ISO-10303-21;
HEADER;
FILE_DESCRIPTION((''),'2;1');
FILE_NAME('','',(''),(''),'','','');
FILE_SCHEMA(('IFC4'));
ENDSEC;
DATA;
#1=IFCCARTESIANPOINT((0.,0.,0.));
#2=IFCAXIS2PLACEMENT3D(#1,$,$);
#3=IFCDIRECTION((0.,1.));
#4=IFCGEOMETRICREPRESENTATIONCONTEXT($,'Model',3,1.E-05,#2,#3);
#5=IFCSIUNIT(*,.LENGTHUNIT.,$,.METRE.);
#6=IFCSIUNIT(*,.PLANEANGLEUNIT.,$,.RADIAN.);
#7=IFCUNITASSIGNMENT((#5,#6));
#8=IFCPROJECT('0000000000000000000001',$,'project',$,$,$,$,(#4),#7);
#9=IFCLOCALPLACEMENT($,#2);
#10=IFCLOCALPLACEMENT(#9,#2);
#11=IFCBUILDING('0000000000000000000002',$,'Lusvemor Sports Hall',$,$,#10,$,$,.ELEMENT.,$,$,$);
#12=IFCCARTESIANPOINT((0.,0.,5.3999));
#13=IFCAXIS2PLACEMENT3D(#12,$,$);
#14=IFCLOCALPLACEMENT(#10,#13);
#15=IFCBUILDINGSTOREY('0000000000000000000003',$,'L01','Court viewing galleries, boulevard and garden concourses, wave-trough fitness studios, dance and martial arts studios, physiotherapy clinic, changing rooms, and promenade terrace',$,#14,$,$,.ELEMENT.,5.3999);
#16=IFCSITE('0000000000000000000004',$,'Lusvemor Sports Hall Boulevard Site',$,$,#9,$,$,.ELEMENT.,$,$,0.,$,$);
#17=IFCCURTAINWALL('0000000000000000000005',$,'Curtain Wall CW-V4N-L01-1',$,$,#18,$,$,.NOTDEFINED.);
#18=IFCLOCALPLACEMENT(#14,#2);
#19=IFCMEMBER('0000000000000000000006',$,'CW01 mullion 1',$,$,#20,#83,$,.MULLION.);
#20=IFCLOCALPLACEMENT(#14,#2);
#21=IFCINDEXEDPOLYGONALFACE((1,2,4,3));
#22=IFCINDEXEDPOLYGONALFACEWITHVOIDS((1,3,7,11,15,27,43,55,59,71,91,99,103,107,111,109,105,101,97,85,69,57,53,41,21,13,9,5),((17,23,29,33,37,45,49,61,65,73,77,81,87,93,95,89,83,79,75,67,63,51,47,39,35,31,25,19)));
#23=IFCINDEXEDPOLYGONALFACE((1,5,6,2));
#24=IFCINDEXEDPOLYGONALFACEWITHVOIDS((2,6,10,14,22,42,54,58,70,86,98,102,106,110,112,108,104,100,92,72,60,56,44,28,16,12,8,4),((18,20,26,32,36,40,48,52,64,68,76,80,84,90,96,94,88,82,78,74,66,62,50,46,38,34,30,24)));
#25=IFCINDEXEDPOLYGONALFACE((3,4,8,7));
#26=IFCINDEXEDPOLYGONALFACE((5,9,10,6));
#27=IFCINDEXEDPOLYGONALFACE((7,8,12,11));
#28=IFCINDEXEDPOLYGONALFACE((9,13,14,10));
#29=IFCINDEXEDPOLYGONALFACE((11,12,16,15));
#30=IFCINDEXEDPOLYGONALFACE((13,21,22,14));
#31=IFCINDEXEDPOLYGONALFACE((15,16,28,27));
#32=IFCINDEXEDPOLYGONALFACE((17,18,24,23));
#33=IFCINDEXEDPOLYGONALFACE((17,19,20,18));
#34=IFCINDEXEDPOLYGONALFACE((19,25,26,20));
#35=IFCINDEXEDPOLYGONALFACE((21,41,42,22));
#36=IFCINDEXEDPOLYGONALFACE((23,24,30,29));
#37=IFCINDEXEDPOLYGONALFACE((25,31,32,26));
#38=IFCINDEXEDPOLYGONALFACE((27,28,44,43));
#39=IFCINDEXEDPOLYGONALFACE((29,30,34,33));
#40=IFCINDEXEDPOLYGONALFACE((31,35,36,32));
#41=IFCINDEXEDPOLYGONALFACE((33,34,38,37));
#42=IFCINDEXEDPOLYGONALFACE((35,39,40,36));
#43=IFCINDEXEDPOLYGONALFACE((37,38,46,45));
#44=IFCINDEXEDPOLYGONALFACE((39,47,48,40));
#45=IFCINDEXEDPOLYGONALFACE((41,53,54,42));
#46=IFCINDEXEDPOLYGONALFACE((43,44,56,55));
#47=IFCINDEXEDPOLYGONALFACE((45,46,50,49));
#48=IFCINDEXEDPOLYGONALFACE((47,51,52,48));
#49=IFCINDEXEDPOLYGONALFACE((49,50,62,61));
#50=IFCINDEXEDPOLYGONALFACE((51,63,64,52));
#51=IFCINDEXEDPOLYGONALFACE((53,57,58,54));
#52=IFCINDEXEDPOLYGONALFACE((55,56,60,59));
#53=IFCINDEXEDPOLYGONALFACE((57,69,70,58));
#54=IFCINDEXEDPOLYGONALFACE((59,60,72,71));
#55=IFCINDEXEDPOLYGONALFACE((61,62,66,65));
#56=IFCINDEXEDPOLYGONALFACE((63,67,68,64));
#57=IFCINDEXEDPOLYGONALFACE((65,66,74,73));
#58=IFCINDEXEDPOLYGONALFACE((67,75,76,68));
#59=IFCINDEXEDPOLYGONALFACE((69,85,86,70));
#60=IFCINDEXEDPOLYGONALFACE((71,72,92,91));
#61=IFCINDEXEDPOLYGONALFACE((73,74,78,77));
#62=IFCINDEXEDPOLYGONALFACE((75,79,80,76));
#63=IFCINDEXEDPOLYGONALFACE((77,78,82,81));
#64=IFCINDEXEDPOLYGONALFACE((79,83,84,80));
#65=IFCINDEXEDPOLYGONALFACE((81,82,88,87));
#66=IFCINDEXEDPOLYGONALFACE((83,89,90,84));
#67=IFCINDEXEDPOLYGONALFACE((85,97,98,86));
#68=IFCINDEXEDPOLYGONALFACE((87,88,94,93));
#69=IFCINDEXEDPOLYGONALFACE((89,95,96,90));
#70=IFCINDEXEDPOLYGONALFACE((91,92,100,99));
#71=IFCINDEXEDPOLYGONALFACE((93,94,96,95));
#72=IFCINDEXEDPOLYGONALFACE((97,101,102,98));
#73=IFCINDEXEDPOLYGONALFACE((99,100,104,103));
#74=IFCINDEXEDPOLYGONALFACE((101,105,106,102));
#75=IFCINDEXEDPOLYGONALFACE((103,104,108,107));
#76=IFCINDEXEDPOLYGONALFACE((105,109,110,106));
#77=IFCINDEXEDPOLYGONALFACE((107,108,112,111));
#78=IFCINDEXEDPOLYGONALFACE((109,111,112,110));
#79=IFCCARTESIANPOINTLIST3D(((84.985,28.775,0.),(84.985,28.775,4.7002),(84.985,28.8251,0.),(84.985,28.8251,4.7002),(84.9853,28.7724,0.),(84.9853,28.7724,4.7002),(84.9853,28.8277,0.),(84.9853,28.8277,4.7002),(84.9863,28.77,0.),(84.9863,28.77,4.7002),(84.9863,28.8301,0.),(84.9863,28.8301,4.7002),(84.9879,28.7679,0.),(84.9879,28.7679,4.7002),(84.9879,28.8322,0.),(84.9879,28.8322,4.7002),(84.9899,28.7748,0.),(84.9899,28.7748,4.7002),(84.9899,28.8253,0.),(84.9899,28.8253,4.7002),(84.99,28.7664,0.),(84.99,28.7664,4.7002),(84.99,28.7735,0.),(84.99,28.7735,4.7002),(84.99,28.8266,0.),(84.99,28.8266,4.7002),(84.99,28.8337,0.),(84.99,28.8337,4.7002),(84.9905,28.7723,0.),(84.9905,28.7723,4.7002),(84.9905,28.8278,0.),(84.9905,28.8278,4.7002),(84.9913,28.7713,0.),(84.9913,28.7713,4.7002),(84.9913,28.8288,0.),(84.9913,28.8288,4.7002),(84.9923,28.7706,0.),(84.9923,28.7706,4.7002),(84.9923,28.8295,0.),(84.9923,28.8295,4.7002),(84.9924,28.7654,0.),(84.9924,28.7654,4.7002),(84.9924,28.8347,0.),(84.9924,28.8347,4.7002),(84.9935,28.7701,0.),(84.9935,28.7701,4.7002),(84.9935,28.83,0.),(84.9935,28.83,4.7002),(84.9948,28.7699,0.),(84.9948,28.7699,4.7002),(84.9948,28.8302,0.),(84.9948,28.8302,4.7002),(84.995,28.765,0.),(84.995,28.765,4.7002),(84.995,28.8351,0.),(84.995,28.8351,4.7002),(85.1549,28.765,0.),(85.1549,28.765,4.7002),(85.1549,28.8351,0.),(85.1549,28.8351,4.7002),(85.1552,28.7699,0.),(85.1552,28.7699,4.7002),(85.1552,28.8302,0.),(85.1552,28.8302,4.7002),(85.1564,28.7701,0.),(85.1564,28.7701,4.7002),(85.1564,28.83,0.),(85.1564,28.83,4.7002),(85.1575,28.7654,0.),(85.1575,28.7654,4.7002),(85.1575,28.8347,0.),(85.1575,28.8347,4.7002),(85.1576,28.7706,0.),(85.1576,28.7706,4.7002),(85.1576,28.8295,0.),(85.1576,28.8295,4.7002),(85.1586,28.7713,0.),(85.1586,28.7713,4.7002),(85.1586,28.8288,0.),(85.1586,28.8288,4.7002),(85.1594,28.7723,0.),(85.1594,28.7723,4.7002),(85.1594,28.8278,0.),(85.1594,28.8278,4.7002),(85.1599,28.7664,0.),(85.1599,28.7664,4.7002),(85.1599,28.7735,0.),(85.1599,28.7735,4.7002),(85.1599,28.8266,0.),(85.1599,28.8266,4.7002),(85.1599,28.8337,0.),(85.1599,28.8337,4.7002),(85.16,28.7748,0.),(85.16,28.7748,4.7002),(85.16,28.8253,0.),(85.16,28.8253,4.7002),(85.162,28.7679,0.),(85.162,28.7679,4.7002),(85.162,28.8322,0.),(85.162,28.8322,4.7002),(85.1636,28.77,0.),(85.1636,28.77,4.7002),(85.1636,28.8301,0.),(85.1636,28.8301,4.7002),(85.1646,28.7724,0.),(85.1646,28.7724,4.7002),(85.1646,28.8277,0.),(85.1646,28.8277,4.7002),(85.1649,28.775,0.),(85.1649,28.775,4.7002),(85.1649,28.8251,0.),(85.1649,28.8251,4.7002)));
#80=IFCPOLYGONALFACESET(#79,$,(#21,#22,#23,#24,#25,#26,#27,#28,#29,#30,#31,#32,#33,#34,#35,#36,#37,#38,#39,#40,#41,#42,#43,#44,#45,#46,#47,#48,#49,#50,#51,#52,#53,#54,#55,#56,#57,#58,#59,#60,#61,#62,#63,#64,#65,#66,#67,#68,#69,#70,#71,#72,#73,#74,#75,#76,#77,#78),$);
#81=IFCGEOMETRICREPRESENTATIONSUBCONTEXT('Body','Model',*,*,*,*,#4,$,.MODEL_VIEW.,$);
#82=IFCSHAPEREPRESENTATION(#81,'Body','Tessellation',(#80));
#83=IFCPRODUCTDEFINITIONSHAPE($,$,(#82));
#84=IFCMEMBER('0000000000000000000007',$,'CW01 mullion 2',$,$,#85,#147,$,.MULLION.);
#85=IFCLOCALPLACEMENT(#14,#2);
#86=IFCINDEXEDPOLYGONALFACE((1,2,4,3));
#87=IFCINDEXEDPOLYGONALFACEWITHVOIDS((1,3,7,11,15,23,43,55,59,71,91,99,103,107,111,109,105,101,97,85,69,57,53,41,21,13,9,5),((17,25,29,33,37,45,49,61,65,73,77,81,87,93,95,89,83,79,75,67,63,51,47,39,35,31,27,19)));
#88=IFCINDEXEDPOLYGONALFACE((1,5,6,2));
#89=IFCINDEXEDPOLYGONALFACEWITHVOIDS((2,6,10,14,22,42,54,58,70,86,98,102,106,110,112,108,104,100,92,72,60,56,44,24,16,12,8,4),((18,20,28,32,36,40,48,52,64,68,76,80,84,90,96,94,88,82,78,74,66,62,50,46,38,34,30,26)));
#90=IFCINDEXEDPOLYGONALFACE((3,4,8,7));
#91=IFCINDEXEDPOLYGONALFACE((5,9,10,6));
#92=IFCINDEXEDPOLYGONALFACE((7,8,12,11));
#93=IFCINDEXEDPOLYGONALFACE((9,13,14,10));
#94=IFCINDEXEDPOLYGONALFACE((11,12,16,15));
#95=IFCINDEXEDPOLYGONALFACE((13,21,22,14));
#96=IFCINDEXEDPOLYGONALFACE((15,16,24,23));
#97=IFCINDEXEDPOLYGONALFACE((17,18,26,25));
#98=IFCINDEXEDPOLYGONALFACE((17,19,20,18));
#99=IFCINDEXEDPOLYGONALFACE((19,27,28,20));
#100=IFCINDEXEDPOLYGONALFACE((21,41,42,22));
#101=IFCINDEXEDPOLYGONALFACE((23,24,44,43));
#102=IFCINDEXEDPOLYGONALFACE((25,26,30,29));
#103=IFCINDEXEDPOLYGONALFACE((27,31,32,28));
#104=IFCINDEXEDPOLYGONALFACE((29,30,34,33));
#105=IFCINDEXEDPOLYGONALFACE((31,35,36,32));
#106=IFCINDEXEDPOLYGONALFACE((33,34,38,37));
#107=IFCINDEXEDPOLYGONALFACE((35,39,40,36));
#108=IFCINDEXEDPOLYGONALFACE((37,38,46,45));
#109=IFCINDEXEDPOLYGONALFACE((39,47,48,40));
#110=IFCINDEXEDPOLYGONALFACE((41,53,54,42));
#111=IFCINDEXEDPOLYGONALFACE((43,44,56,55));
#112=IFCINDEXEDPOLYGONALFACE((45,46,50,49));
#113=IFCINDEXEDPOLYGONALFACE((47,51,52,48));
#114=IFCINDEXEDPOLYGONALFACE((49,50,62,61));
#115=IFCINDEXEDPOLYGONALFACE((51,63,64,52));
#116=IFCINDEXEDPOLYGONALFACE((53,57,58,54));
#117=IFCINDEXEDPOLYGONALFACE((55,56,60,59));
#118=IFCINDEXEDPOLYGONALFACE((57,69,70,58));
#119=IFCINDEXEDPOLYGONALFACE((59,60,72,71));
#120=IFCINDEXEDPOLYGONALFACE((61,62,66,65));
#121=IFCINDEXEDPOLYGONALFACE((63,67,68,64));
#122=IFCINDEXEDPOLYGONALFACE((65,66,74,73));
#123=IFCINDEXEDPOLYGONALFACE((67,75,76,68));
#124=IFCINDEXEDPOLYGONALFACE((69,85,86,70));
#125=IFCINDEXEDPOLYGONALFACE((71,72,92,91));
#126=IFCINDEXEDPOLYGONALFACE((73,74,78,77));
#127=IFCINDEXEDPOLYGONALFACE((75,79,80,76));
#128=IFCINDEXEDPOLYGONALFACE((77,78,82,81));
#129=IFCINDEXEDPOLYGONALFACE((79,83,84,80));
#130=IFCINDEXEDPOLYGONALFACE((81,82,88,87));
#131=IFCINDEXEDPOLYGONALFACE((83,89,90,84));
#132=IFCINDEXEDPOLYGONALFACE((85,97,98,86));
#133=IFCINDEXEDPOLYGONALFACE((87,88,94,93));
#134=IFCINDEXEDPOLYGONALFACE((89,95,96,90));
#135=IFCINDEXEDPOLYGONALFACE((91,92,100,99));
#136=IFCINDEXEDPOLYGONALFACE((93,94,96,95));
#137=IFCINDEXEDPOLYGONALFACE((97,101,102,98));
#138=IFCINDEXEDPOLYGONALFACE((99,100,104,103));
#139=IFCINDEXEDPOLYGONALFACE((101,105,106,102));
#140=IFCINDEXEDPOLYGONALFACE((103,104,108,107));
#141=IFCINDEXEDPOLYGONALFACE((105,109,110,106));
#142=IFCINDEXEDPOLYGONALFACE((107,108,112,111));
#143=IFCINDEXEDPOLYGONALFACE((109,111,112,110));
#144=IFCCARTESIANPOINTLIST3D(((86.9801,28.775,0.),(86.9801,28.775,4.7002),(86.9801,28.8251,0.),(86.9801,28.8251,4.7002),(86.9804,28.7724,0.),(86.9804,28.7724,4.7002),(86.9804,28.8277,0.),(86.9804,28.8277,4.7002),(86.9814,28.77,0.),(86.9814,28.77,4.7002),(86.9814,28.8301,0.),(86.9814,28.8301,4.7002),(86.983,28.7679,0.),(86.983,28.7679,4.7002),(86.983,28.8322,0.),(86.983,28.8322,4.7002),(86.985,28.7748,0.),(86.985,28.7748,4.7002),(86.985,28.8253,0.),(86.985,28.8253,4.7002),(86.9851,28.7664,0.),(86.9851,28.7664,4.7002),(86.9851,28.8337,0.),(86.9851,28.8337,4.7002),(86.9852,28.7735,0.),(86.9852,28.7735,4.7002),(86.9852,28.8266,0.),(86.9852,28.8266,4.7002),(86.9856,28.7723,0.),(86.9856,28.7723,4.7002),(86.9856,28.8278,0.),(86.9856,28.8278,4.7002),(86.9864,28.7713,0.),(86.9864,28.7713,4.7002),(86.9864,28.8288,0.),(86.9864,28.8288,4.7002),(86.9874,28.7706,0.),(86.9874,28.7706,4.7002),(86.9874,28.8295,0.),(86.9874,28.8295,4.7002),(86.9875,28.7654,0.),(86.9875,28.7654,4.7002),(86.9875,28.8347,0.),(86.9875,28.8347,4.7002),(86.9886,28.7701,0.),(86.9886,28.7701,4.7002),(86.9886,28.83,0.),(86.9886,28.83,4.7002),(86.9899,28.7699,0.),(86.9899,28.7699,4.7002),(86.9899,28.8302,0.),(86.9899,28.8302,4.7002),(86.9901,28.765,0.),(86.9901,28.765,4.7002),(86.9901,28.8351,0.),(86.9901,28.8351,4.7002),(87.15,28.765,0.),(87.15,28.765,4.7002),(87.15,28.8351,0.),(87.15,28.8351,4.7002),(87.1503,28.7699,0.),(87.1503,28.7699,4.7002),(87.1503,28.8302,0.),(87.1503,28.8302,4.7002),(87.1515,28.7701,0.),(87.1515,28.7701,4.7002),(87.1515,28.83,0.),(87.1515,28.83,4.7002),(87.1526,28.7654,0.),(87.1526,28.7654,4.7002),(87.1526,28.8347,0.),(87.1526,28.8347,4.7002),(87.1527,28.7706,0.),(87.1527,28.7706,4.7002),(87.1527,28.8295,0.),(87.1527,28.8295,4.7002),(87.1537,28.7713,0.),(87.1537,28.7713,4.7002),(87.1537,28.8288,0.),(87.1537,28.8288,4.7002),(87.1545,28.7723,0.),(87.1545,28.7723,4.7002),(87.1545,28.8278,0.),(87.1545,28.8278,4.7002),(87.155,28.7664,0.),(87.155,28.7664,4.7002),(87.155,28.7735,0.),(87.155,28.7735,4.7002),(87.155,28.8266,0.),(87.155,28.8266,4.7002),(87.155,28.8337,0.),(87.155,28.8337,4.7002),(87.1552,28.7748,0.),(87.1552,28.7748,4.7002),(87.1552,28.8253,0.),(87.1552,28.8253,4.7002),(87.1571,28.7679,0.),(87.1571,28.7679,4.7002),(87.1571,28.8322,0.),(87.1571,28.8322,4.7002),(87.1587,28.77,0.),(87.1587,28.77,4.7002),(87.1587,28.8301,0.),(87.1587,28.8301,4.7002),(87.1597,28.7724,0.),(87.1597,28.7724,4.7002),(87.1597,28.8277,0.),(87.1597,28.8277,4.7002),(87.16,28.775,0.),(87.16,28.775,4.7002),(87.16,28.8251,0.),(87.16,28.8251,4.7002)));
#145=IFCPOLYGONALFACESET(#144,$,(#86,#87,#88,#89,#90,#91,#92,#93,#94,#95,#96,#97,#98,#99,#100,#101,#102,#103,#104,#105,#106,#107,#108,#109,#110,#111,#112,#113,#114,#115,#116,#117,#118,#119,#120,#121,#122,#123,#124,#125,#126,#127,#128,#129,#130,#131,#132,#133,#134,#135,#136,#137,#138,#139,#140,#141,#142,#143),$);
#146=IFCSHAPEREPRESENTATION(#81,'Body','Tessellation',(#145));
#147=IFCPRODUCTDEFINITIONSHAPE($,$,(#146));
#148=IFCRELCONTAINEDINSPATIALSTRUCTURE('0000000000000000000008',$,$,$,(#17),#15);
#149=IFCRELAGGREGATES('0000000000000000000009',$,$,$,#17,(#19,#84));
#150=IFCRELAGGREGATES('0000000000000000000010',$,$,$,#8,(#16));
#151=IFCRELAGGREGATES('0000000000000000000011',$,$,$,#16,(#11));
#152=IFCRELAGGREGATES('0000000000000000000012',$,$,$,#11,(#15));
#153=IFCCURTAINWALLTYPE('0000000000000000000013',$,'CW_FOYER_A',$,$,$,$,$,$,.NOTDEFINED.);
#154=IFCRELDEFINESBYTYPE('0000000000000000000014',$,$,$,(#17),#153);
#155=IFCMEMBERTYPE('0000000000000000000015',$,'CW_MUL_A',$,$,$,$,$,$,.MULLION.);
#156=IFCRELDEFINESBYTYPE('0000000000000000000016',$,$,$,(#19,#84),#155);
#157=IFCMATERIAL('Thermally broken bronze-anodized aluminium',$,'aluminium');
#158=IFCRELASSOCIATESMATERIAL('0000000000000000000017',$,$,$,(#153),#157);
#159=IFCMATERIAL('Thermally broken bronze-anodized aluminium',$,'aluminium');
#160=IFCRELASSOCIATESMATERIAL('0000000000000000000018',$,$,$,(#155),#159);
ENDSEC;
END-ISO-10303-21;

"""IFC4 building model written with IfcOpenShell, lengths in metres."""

from ifc_helpers import new_model, si_unit, direction, frame, origin, origin_2d, place, context, subcontext, project, spatial, hollow_rectangle, extrude, material, material_profile, profile_set, type_object, element, aggregate, save


model = new_model("IFC4")

# Units and contexts
model_context = context("Model", 3, precision=1e-05, world=origin(), true_north=direction((0.0, 1.0)))
body_context = subcontext(model_context, "Body", "Model", "MODEL_VIEW")
ifc_project = project(units=[si_unit("LENGTHUNIT", "METRE"), si_unit("PLANEANGLEUNIT", "RADIAN")], contexts=[model_context])

# Site, building, storey
site_placement = place(None, origin())
site = spatial("IfcSite", under=ifc_project, at=site_placement, Name="Lusvemor Sports Hall Boulevard Site", CompositionType="ELEMENT", RefElevation=0.0)
building_placement = place(site_placement, origin())
building = spatial("IfcBuilding", under=site, at=building_placement, Name="Lusvemor Sports Hall", CompositionType="ELEMENT")
storey_placement = place(building_placement, frame((0.0, 0.0, 5.3999)))
storey = spatial("IfcBuildingStorey", under=building, at=storey_placement, Name="L01", Description="Court viewing galleries, boulevard and garden concourses, wave-trough fitness studios, dance and martial arts studios, physiotherapy clinic, changing rooms, and promenade terrace", CompositionType="ELEMENT", Elevation=5.3999)

# Curtain wall, members
ifc_material_1 = material(Name="Thermally broken bronze-anodized aluminium", Category="aluminium")
curtain_wall_type = type_object("IfcCurtainWallType", Name="CW_FOYER_A", PredefinedType="NOTDEFINED", material=ifc_material_1)
curtain_wall_placement = place(storey_placement, origin())
curtain_wall = element("IfcCurtainWall", 1, at=curtain_wall_placement, inside=storey, type_object=curtain_wall_type, Name="Curtain Wall CW-V4N-L01-1", PredefinedType="NOTDEFINED")
ifc_material_2 = material(Name="Thermally broken bronze-anodized aluminium", Category="aluminium")
ifc_material_profile_1 = material_profile(ifc_material_2, hollow_rectangle(XDim=0.0701, YDim=0.1799, WallThickness=0.0049, InnerFilletRadius=0.0049, OuterFilletRadius=0.01, at=origin_2d()), Name="CWMUL180x70x5")
ifc_profile_set_1 = profile_set([ifc_material_profile_1], Name="Thermally broken bronze-anodized aluminium")
member_type_1 = type_object("IfcMemberType", Name="CW_MUL_A", PredefinedType="MULLION", material=ifc_profile_set_1)
member_1_placement = place(storey_placement, frame((85.075, 28.8, 0.0), z_axis=(0.0, 0.0, 1.0), x_axis=(0.0, 1.0, 0.0)))
member_1 = element("IfcMember", 2, at=member_1_placement, type_object=member_type_1, Name="CW01 mullion 1", PredefinedType="MULLION", context=body_context, shape_type="SweptSolid", body=[
    extrude(hollow_rectangle(XDim=0.0701, YDim=0.1799, WallThickness=0.0049, InnerFilletRadius=0.0049, OuterFilletRadius=0.01, at=origin_2d()), origin(), (0.0, 0.0, 1.0), 4.7002),
])
member_2_placement = place(storey_placement, frame((87.0701, 28.8, 0.0), z_axis=(0.0, 0.0, 1.0), x_axis=(0.0, 1.0, 0.0)))
member_2 = element("IfcMember", 3, at=member_2_placement, type_object=member_type_1, Name="CW01 mullion 2", PredefinedType="MULLION", context=body_context, shape_type="SweptSolid", body=[
    extrude(hollow_rectangle(XDim=0.0701, YDim=0.1799, WallThickness=0.0049, InnerFilletRadius=0.0049, OuterFilletRadius=0.01, at=origin_2d()), origin(), (0.0, 0.0, 1.0), 4.7002),
])

aggregate(curtain_wall, [member_1, member_2])

save(model, "model.ifc")
